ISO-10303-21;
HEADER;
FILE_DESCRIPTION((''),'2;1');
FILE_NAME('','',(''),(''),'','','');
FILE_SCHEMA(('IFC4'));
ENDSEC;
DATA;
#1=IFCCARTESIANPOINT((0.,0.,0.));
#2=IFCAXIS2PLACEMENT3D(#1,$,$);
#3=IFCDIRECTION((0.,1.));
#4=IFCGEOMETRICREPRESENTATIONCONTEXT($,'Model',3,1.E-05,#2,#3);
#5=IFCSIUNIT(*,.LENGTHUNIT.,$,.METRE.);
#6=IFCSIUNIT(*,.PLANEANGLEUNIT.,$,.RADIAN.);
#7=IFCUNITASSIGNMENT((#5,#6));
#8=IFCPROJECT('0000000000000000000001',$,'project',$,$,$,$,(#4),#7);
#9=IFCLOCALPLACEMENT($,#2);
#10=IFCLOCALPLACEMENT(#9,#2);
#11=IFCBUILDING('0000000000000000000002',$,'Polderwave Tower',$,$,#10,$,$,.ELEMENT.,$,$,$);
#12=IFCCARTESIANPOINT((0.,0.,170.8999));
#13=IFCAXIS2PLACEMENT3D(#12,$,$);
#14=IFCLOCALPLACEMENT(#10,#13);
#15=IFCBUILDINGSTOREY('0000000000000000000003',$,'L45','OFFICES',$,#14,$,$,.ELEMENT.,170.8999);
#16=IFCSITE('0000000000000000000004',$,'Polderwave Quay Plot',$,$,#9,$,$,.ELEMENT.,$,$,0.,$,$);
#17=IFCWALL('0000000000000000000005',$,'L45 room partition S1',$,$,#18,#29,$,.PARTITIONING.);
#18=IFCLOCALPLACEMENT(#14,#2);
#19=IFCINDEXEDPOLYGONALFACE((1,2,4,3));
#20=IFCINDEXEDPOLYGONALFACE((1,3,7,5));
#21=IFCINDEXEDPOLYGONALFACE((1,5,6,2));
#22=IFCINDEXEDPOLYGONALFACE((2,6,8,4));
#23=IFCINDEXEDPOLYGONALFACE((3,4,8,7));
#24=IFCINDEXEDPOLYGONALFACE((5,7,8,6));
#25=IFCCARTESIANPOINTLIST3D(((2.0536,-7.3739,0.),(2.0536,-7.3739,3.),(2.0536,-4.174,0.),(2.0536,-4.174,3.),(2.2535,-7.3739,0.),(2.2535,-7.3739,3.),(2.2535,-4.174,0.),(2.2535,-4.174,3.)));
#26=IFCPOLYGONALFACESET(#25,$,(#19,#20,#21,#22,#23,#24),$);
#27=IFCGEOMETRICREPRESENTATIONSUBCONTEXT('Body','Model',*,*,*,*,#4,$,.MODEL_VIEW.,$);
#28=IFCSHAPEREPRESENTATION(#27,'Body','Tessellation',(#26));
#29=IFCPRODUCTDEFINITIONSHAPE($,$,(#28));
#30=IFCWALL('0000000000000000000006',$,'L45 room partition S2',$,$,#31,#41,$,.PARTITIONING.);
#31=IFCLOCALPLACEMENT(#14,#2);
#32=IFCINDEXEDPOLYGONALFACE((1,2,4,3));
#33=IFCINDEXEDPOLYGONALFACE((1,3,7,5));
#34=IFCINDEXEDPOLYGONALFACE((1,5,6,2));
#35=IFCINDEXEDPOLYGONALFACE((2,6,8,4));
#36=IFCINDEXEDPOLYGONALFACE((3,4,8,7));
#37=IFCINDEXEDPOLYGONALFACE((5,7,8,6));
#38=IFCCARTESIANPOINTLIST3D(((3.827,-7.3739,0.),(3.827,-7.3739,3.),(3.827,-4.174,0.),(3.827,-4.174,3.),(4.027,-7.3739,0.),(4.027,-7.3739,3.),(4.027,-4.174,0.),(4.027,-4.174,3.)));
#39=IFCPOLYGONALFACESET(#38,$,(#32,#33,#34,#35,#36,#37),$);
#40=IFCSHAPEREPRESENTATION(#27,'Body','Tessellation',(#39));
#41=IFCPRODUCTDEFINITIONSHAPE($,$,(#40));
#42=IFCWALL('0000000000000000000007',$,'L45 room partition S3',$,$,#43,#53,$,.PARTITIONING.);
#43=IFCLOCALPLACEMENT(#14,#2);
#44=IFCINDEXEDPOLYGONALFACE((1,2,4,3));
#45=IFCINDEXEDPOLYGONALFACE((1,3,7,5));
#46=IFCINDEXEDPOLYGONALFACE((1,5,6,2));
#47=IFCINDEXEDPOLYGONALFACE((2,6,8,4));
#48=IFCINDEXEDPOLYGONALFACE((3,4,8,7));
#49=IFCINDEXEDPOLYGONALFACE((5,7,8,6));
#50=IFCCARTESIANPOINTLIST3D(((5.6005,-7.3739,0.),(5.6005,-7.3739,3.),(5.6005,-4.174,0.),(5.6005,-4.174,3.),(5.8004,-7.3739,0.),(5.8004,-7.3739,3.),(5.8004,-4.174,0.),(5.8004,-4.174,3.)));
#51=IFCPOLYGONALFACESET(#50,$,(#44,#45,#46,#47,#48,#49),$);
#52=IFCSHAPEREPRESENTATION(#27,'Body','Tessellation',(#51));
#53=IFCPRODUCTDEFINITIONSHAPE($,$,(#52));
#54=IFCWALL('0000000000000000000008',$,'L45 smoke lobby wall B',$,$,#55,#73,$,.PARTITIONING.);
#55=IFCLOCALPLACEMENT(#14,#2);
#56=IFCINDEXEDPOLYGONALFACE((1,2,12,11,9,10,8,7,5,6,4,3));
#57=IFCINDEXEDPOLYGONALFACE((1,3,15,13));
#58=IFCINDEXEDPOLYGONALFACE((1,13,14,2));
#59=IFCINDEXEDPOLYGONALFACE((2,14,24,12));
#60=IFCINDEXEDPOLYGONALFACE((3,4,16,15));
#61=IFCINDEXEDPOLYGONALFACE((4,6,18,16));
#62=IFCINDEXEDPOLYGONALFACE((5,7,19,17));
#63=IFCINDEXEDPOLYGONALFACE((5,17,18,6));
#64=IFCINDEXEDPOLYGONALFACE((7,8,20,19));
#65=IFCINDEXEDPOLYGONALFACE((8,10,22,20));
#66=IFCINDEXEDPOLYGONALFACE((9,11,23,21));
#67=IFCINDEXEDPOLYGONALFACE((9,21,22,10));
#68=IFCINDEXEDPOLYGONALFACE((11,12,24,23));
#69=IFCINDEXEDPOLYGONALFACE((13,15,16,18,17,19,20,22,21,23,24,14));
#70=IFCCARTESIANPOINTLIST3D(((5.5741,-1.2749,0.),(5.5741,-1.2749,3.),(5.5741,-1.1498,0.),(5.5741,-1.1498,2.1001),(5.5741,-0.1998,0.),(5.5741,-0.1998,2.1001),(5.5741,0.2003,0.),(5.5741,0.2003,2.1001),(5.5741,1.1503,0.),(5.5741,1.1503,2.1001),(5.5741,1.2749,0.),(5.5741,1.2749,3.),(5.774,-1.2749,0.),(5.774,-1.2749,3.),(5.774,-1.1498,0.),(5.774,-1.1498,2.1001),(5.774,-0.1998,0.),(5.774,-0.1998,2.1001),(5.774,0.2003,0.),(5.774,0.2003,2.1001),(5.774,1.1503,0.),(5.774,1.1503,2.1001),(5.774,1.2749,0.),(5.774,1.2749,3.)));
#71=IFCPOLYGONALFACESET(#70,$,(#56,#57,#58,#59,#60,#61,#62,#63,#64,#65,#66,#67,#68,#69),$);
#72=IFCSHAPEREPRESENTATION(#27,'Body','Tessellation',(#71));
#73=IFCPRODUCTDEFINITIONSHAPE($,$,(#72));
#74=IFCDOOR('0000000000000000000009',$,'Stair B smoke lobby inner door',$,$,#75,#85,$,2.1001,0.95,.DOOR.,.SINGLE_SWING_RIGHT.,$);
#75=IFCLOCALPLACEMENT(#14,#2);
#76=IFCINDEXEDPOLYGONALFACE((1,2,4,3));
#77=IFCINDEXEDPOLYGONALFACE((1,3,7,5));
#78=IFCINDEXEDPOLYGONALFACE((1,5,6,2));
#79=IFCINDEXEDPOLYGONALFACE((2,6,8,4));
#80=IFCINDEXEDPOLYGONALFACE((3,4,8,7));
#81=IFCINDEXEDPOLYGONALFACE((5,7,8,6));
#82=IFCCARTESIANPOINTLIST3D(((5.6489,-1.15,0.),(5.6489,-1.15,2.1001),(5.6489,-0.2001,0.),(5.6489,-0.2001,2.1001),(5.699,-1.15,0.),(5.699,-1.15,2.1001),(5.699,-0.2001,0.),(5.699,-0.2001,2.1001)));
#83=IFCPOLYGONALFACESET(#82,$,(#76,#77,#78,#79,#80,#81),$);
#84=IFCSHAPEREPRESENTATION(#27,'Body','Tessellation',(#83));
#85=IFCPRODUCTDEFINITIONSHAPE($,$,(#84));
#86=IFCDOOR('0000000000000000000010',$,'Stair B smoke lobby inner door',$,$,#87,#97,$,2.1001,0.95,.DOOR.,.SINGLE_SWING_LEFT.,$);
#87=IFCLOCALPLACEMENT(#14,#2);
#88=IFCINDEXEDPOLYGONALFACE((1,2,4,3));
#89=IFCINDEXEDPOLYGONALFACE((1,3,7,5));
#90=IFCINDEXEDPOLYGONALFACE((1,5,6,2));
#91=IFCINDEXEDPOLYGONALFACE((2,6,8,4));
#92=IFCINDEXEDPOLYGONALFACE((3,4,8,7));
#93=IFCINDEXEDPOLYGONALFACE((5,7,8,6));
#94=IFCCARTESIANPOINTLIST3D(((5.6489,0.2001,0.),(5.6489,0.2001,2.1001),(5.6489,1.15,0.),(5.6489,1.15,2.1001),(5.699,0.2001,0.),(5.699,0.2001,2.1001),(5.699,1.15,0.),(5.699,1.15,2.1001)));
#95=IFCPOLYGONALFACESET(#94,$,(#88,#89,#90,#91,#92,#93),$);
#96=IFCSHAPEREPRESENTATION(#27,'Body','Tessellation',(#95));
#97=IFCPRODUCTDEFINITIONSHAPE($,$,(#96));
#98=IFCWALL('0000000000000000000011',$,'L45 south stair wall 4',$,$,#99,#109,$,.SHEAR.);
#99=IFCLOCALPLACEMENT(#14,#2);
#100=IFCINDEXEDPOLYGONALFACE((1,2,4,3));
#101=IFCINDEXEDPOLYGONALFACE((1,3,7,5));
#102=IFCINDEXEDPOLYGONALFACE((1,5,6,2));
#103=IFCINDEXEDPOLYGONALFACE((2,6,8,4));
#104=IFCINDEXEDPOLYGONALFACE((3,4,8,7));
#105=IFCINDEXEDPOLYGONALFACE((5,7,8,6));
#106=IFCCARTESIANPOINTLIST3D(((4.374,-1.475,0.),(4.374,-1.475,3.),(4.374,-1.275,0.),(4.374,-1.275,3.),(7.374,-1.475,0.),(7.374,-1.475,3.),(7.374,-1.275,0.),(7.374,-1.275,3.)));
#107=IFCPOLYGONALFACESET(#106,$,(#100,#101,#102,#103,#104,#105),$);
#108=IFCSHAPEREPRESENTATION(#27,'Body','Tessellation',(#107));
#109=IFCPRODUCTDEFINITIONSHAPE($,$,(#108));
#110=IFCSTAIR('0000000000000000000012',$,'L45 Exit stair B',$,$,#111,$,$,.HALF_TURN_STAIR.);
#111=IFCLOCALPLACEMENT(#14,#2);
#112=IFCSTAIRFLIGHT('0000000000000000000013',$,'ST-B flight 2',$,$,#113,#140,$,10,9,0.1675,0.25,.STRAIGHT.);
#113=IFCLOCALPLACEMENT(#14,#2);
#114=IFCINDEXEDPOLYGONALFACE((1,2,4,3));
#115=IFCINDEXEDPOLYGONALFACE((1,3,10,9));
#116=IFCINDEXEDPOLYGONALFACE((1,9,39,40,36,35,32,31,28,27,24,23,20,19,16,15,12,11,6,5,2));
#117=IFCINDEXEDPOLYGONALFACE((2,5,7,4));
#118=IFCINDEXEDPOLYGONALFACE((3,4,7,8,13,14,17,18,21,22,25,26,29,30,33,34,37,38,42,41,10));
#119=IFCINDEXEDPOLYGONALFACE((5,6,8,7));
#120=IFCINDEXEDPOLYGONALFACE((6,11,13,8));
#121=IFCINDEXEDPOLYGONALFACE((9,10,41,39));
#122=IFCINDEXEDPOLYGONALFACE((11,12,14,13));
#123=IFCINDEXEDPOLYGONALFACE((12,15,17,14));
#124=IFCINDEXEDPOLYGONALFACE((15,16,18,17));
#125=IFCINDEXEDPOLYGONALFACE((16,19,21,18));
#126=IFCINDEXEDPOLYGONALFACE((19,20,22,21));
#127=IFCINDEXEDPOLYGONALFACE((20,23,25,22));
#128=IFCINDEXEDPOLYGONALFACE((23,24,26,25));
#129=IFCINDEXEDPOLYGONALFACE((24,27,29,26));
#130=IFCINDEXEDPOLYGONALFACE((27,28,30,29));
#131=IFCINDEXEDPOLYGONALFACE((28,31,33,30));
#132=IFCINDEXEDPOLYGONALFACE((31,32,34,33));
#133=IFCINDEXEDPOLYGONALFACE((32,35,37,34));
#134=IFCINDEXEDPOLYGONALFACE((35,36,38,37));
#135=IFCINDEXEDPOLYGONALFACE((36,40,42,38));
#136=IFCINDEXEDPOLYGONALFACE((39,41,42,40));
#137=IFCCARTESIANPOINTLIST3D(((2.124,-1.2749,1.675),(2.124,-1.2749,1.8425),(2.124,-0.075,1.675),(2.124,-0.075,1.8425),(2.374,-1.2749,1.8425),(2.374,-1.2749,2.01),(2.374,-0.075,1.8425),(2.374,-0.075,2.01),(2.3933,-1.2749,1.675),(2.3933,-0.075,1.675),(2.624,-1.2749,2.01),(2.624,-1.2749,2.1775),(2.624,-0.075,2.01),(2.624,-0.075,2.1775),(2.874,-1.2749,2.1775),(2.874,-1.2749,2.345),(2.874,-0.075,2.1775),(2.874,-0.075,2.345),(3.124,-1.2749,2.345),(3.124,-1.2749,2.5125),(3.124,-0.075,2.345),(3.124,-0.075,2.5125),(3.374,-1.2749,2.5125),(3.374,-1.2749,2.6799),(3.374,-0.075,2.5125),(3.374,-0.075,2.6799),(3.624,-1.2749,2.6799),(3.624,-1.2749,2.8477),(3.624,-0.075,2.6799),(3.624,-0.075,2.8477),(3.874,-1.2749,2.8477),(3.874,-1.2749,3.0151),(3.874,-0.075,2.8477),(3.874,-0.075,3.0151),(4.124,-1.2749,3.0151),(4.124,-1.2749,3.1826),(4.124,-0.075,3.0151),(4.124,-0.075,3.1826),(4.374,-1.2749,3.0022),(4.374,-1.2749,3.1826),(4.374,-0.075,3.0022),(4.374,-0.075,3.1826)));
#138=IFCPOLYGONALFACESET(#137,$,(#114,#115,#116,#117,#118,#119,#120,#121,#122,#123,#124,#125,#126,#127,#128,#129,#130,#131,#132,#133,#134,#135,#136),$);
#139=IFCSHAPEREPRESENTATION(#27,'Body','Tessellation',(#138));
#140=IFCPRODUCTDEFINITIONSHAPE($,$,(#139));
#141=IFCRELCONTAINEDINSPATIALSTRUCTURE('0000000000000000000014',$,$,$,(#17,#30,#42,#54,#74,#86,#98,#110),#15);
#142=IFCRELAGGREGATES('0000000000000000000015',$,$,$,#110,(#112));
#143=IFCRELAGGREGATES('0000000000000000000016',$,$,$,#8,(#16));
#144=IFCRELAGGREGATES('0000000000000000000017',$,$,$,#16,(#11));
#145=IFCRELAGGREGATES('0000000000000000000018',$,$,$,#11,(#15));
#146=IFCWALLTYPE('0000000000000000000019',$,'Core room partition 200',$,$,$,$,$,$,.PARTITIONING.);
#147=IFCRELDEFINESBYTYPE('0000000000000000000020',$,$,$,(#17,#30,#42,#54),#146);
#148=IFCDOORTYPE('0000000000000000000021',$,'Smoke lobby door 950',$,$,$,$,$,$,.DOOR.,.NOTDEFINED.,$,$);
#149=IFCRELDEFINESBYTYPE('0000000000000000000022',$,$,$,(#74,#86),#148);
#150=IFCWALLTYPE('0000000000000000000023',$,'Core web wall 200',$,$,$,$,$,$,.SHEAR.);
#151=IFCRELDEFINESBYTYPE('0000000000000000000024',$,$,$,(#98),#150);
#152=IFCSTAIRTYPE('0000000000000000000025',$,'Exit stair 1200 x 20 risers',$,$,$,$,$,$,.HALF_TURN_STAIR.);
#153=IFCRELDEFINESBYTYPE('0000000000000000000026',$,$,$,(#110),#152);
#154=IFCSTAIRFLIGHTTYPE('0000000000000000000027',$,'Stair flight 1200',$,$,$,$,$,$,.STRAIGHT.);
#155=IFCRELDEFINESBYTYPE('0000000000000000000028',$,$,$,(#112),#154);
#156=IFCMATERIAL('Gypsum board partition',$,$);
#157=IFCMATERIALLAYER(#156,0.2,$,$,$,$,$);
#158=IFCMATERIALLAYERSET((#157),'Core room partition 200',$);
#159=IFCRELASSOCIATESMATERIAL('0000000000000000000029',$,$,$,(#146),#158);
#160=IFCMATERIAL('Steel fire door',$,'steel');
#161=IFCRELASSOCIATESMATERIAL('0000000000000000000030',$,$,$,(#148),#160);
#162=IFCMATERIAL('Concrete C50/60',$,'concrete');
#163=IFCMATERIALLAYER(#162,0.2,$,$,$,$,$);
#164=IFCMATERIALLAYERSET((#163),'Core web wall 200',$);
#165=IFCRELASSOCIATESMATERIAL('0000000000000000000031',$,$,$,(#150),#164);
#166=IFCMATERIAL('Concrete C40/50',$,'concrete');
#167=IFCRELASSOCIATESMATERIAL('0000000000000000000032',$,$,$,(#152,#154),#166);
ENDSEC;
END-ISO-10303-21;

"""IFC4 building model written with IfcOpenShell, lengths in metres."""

from ifc_helpers import new_model, si_unit, direction, frame, frame_2d, origin, place, context, subcontext, project, spatial, polyline, rectangle, outline, extrude, material, layer, layer_set, type_object, element, fill, aggregate, save


model = new_model("IFC4")

# Units and contexts
model_context = context("Model", 3, precision=1e-05, world=origin(), true_north=direction((0.0, 1.0)))
body_context = subcontext(model_context, "Body", "Model", "MODEL_VIEW")
ifc_project = project(units=[si_unit("LENGTHUNIT", "METRE"), si_unit("PLANEANGLEUNIT", "RADIAN")], contexts=[model_context])

# Site, building, storey
site_placement = place(None, origin())
site = spatial("IfcSite", under=ifc_project, at=site_placement, Name="Polderwave Quay Plot", CompositionType="ELEMENT", RefElevation=0.0)
building_placement = place(site_placement, origin())
building = spatial("IfcBuilding", under=site, at=building_placement, Name="Polderwave Tower", CompositionType="ELEMENT")
storey_placement = place(building_placement, frame((0.0, 0.0, 170.8999)))
storey = spatial("IfcBuildingStorey", under=building, at=storey_placement, Name="L45", Description="OFFICES", CompositionType="ELEMENT", Elevation=170.8999)

# Walls
ifc_material_1 = material(Name="Gypsum board partition")
ifc_layer_1 = layer(ifc_material_1, 0.2)
ifc_layer_set_1 = layer_set([ifc_layer_1], Name="Core room partition 200")
wall_type_1 = type_object("IfcWallType", Name="Core room partition 200", PredefinedType="PARTITIONING", material=ifc_layer_set_1)
for number, where, z_axis, x_axis, name in (
    (1, (2.1536, -7.374, 0.0), (0.0, 0.0, 1.0), (0.0, 1.0, 0.0), "L45 room partition S1"),
    (2, (3.927, -7.374, 0.0), (0.0, 0.0, 1.0), (0.0, 1.0, 0.0), "L45 room partition S2"),
    (3, (5.7004, -7.374, 0.0), (0.0, 0.0, 1.0), (0.0, 1.0, 0.0), "L45 room partition S3"),
):
    element("IfcWall", number, at=place(storey_placement, frame(where, z_axis=z_axis, x_axis=x_axis)), inside=storey, type_object=wall_type_1, Name=name, PredefinedType="PARTITIONING", context=body_context, shape_type="SweptSolid", body=[
        extrude(rectangle(XDim=3.2, YDim=0.2, at=frame_2d((1.6001, 0.0))), origin(), (0.0, 0.0, 1.0), 3.0),
    ])

# Wall, openings, doors
wall_1_placement = place(storey_placement, frame((5.6741, -1.2749, 0.0), z_axis=(0.0, 0.0, 1.0), x_axis=(0.0, 1.0, 0.0)))
wall_1 = element("IfcWall", 4, at=wall_1_placement, inside=storey, type_object=wall_type_1, Name="L45 smoke lobby wall B", PredefinedType="PARTITIONING", context=body_context, shape_type="SweptSolid", body=[
    extrude(rectangle(XDim=2.5498, YDim=0.2, at=frame_2d((1.2749, 0.0))), origin(), (0.0, 0.0, 1.0), 3.0),
])
opening_1_placement = place(wall_1_placement, frame((0.125, 0.0, 0.0)))
opening_1 = element("IfcOpeningElement", 5, at=opening_1_placement, cuts=wall_1, PredefinedType="OPENING", context=body_context, shape_type="SweptSolid", body=[
    extrude(rectangle(XDim=0.95, YDim=2.1001, at=frame_2d((0.4751, 1.05))), frame((0.0, 0.1099, 0.0), z_axis=(0.0, -1.0, 0.0), x_axis=(1.0, 0.0, 0.0)), (0.0, 0.0, 1.0), 0.22),
])
opening_2_placement = place(wall_1_placement, frame((1.4751, 0.0, 0.0)))
opening_2 = element("IfcOpeningElement", 6, at=opening_2_placement, cuts=wall_1, PredefinedType="OPENING", context=body_context, shape_type="SweptSolid", body=[
    extrude(rectangle(XDim=0.95, YDim=2.1001, at=frame_2d((0.4751, 1.05))), frame((0.0, 0.1099, 0.0), z_axis=(0.0, -1.0, 0.0), x_axis=(1.0, 0.0, 0.0)), (0.0, 0.0, 1.0), 0.22),
])
ifc_material_2 = material(Name="Steel fire door", Category="steel")
door_type = type_object("IfcDoorType", Name="Smoke lobby door 950", OperationType="NOTDEFINED", PredefinedType="DOOR", material=ifc_material_2)
door_1_placement = place(opening_1_placement, frame((0.95, 0.0, 0.0), z_axis=(0.0, 0.0, 1.0), x_axis=(-1.0, 0.0, 0.0)))
door_1 = element("IfcDoor", 7, at=door_1_placement, inside=storey, type_object=door_type, Name="Stair B smoke lobby inner door", OperationType="SINGLE_SWING_RIGHT", OverallHeight=2.1001, OverallWidth=0.95, PredefinedType="DOOR", context=body_context, shape_type="SweptSolid", body=[
    extrude(rectangle(XDim=0.95, YDim=2.1001, at=frame_2d((0.4751, 1.05))), frame((0.0, 0.0249, 0.0), z_axis=(0.0, -1.0, 0.0), x_axis=(1.0, 0.0, 0.0)), (0.0, 0.0, 1.0), 0.05),
])
fill(opening_1, door_1)
door_2_placement = place(opening_2_placement, frame((0.95, 0.0, 0.0), z_axis=(0.0, 0.0, 1.0), x_axis=(-1.0, 0.0, 0.0)))
door_2 = element("IfcDoor", 8, at=door_2_placement, inside=storey, type_object=door_type, Name="Stair B smoke lobby inner door", OperationType="SINGLE_SWING_LEFT", OverallHeight=2.1001, OverallWidth=0.95, PredefinedType="DOOR", context=body_context, shape_type="SweptSolid", body=[
    extrude(rectangle(XDim=0.95, YDim=2.1001, at=frame_2d((0.4751, 1.05))), frame((0.0, 0.0249, 0.0), z_axis=(0.0, -1.0, 0.0), x_axis=(1.0, 0.0, 0.0)), (0.0, 0.0, 1.0), 0.05),
])
fill(opening_2, door_2)

# Wall
ifc_material_3 = material(Name="Concrete C50/60", Category="concrete")
ifc_layer_2 = layer(ifc_material_3, 0.2)
ifc_layer_set_2 = layer_set([ifc_layer_2], Name="Core web wall 200")
wall_type_2 = type_object("IfcWallType", Name="Core web wall 200", PredefinedType="SHEAR", material=ifc_layer_set_2)
wall_2_placement = place(storey_placement, frame((4.374, -1.375, 0.0), z_axis=(0.0, 0.0, 1.0), x_axis=(1.0, 0.0, 0.0)))
element("IfcWall", 9, at=wall_2_placement, inside=storey, type_object=wall_type_2, Name="L45 south stair wall 4", PredefinedType="SHEAR", context=body_context, shape_type="SweptSolid", body=[
    extrude(rectangle(XDim=3.0, YDim=0.2, at=frame_2d((1.5, 0.0))), origin(), (0.0, 0.0, 1.0), 3.0),
])

# Stair, stair flight
ifc_material_4 = material(Name="Concrete C40/50", Category="concrete")
stair_type = type_object("IfcStairType", Name="Exit stair 1200 x 20 risers", PredefinedType="HALF_TURN_STAIR", material=ifc_material_4)
stair_placement = place(storey_placement, origin())
stair = element("IfcStair", 10, at=stair_placement, inside=storey, type_object=stair_type, Name="L45 Exit stair B", PredefinedType="HALF_TURN_STAIR")
stair_flight_type = type_object("IfcStairFlightType", Name="Stair flight 1200", PredefinedType="STRAIGHT", material=ifc_material_4)
stair_flight_placement = place(storey_placement, frame((2.124, -0.675, 1.675), z_axis=(0.0, 0.0, 1.0), x_axis=(1.0, 0.0, 0.0)))
stair_flight = element("IfcStairFlight", 11, at=stair_flight_placement, type_object=stair_flight_type, Name="ST-B flight 2", NumberOfRisers=10, NumberOfTreads=9, PredefinedType="STRAIGHT", RiserHeight=0.1675, TreadLength=0.25, context=body_context, shape_type="SweptSolid", body=[
    extrude(outline(polyline([(0.0, 0.0), (0.0, 0.1675), (0.25, 0.1675), (0.25, 0.335), (0.5, 0.335), (0.5, 0.5024), (0.75, 0.5024), (0.75, 0.6699), (1.0, 0.6699), (1.0, 0.8374), (1.25, 0.8374), (1.25, 1.0049), (1.5, 1.0049), (1.5, 1.1726), (1.75, 1.1726), (1.75, 1.3401), (2.0, 1.3401), (2.0, 1.5076), (2.25, 1.5076), (2.25, 1.675), (2.25, 1.3271), (0.2693, 0.0), (0.0, 0.0)])), frame((0.0, 0.6001, 0.0), z_axis=(0.0, -1.0, 0.0), x_axis=(1.0, 0.0, 0.0)), (0.0, 0.0, 1.0), 1.2),
])
aggregate(stair, [stair_flight])

save(model, "model.ifc")
